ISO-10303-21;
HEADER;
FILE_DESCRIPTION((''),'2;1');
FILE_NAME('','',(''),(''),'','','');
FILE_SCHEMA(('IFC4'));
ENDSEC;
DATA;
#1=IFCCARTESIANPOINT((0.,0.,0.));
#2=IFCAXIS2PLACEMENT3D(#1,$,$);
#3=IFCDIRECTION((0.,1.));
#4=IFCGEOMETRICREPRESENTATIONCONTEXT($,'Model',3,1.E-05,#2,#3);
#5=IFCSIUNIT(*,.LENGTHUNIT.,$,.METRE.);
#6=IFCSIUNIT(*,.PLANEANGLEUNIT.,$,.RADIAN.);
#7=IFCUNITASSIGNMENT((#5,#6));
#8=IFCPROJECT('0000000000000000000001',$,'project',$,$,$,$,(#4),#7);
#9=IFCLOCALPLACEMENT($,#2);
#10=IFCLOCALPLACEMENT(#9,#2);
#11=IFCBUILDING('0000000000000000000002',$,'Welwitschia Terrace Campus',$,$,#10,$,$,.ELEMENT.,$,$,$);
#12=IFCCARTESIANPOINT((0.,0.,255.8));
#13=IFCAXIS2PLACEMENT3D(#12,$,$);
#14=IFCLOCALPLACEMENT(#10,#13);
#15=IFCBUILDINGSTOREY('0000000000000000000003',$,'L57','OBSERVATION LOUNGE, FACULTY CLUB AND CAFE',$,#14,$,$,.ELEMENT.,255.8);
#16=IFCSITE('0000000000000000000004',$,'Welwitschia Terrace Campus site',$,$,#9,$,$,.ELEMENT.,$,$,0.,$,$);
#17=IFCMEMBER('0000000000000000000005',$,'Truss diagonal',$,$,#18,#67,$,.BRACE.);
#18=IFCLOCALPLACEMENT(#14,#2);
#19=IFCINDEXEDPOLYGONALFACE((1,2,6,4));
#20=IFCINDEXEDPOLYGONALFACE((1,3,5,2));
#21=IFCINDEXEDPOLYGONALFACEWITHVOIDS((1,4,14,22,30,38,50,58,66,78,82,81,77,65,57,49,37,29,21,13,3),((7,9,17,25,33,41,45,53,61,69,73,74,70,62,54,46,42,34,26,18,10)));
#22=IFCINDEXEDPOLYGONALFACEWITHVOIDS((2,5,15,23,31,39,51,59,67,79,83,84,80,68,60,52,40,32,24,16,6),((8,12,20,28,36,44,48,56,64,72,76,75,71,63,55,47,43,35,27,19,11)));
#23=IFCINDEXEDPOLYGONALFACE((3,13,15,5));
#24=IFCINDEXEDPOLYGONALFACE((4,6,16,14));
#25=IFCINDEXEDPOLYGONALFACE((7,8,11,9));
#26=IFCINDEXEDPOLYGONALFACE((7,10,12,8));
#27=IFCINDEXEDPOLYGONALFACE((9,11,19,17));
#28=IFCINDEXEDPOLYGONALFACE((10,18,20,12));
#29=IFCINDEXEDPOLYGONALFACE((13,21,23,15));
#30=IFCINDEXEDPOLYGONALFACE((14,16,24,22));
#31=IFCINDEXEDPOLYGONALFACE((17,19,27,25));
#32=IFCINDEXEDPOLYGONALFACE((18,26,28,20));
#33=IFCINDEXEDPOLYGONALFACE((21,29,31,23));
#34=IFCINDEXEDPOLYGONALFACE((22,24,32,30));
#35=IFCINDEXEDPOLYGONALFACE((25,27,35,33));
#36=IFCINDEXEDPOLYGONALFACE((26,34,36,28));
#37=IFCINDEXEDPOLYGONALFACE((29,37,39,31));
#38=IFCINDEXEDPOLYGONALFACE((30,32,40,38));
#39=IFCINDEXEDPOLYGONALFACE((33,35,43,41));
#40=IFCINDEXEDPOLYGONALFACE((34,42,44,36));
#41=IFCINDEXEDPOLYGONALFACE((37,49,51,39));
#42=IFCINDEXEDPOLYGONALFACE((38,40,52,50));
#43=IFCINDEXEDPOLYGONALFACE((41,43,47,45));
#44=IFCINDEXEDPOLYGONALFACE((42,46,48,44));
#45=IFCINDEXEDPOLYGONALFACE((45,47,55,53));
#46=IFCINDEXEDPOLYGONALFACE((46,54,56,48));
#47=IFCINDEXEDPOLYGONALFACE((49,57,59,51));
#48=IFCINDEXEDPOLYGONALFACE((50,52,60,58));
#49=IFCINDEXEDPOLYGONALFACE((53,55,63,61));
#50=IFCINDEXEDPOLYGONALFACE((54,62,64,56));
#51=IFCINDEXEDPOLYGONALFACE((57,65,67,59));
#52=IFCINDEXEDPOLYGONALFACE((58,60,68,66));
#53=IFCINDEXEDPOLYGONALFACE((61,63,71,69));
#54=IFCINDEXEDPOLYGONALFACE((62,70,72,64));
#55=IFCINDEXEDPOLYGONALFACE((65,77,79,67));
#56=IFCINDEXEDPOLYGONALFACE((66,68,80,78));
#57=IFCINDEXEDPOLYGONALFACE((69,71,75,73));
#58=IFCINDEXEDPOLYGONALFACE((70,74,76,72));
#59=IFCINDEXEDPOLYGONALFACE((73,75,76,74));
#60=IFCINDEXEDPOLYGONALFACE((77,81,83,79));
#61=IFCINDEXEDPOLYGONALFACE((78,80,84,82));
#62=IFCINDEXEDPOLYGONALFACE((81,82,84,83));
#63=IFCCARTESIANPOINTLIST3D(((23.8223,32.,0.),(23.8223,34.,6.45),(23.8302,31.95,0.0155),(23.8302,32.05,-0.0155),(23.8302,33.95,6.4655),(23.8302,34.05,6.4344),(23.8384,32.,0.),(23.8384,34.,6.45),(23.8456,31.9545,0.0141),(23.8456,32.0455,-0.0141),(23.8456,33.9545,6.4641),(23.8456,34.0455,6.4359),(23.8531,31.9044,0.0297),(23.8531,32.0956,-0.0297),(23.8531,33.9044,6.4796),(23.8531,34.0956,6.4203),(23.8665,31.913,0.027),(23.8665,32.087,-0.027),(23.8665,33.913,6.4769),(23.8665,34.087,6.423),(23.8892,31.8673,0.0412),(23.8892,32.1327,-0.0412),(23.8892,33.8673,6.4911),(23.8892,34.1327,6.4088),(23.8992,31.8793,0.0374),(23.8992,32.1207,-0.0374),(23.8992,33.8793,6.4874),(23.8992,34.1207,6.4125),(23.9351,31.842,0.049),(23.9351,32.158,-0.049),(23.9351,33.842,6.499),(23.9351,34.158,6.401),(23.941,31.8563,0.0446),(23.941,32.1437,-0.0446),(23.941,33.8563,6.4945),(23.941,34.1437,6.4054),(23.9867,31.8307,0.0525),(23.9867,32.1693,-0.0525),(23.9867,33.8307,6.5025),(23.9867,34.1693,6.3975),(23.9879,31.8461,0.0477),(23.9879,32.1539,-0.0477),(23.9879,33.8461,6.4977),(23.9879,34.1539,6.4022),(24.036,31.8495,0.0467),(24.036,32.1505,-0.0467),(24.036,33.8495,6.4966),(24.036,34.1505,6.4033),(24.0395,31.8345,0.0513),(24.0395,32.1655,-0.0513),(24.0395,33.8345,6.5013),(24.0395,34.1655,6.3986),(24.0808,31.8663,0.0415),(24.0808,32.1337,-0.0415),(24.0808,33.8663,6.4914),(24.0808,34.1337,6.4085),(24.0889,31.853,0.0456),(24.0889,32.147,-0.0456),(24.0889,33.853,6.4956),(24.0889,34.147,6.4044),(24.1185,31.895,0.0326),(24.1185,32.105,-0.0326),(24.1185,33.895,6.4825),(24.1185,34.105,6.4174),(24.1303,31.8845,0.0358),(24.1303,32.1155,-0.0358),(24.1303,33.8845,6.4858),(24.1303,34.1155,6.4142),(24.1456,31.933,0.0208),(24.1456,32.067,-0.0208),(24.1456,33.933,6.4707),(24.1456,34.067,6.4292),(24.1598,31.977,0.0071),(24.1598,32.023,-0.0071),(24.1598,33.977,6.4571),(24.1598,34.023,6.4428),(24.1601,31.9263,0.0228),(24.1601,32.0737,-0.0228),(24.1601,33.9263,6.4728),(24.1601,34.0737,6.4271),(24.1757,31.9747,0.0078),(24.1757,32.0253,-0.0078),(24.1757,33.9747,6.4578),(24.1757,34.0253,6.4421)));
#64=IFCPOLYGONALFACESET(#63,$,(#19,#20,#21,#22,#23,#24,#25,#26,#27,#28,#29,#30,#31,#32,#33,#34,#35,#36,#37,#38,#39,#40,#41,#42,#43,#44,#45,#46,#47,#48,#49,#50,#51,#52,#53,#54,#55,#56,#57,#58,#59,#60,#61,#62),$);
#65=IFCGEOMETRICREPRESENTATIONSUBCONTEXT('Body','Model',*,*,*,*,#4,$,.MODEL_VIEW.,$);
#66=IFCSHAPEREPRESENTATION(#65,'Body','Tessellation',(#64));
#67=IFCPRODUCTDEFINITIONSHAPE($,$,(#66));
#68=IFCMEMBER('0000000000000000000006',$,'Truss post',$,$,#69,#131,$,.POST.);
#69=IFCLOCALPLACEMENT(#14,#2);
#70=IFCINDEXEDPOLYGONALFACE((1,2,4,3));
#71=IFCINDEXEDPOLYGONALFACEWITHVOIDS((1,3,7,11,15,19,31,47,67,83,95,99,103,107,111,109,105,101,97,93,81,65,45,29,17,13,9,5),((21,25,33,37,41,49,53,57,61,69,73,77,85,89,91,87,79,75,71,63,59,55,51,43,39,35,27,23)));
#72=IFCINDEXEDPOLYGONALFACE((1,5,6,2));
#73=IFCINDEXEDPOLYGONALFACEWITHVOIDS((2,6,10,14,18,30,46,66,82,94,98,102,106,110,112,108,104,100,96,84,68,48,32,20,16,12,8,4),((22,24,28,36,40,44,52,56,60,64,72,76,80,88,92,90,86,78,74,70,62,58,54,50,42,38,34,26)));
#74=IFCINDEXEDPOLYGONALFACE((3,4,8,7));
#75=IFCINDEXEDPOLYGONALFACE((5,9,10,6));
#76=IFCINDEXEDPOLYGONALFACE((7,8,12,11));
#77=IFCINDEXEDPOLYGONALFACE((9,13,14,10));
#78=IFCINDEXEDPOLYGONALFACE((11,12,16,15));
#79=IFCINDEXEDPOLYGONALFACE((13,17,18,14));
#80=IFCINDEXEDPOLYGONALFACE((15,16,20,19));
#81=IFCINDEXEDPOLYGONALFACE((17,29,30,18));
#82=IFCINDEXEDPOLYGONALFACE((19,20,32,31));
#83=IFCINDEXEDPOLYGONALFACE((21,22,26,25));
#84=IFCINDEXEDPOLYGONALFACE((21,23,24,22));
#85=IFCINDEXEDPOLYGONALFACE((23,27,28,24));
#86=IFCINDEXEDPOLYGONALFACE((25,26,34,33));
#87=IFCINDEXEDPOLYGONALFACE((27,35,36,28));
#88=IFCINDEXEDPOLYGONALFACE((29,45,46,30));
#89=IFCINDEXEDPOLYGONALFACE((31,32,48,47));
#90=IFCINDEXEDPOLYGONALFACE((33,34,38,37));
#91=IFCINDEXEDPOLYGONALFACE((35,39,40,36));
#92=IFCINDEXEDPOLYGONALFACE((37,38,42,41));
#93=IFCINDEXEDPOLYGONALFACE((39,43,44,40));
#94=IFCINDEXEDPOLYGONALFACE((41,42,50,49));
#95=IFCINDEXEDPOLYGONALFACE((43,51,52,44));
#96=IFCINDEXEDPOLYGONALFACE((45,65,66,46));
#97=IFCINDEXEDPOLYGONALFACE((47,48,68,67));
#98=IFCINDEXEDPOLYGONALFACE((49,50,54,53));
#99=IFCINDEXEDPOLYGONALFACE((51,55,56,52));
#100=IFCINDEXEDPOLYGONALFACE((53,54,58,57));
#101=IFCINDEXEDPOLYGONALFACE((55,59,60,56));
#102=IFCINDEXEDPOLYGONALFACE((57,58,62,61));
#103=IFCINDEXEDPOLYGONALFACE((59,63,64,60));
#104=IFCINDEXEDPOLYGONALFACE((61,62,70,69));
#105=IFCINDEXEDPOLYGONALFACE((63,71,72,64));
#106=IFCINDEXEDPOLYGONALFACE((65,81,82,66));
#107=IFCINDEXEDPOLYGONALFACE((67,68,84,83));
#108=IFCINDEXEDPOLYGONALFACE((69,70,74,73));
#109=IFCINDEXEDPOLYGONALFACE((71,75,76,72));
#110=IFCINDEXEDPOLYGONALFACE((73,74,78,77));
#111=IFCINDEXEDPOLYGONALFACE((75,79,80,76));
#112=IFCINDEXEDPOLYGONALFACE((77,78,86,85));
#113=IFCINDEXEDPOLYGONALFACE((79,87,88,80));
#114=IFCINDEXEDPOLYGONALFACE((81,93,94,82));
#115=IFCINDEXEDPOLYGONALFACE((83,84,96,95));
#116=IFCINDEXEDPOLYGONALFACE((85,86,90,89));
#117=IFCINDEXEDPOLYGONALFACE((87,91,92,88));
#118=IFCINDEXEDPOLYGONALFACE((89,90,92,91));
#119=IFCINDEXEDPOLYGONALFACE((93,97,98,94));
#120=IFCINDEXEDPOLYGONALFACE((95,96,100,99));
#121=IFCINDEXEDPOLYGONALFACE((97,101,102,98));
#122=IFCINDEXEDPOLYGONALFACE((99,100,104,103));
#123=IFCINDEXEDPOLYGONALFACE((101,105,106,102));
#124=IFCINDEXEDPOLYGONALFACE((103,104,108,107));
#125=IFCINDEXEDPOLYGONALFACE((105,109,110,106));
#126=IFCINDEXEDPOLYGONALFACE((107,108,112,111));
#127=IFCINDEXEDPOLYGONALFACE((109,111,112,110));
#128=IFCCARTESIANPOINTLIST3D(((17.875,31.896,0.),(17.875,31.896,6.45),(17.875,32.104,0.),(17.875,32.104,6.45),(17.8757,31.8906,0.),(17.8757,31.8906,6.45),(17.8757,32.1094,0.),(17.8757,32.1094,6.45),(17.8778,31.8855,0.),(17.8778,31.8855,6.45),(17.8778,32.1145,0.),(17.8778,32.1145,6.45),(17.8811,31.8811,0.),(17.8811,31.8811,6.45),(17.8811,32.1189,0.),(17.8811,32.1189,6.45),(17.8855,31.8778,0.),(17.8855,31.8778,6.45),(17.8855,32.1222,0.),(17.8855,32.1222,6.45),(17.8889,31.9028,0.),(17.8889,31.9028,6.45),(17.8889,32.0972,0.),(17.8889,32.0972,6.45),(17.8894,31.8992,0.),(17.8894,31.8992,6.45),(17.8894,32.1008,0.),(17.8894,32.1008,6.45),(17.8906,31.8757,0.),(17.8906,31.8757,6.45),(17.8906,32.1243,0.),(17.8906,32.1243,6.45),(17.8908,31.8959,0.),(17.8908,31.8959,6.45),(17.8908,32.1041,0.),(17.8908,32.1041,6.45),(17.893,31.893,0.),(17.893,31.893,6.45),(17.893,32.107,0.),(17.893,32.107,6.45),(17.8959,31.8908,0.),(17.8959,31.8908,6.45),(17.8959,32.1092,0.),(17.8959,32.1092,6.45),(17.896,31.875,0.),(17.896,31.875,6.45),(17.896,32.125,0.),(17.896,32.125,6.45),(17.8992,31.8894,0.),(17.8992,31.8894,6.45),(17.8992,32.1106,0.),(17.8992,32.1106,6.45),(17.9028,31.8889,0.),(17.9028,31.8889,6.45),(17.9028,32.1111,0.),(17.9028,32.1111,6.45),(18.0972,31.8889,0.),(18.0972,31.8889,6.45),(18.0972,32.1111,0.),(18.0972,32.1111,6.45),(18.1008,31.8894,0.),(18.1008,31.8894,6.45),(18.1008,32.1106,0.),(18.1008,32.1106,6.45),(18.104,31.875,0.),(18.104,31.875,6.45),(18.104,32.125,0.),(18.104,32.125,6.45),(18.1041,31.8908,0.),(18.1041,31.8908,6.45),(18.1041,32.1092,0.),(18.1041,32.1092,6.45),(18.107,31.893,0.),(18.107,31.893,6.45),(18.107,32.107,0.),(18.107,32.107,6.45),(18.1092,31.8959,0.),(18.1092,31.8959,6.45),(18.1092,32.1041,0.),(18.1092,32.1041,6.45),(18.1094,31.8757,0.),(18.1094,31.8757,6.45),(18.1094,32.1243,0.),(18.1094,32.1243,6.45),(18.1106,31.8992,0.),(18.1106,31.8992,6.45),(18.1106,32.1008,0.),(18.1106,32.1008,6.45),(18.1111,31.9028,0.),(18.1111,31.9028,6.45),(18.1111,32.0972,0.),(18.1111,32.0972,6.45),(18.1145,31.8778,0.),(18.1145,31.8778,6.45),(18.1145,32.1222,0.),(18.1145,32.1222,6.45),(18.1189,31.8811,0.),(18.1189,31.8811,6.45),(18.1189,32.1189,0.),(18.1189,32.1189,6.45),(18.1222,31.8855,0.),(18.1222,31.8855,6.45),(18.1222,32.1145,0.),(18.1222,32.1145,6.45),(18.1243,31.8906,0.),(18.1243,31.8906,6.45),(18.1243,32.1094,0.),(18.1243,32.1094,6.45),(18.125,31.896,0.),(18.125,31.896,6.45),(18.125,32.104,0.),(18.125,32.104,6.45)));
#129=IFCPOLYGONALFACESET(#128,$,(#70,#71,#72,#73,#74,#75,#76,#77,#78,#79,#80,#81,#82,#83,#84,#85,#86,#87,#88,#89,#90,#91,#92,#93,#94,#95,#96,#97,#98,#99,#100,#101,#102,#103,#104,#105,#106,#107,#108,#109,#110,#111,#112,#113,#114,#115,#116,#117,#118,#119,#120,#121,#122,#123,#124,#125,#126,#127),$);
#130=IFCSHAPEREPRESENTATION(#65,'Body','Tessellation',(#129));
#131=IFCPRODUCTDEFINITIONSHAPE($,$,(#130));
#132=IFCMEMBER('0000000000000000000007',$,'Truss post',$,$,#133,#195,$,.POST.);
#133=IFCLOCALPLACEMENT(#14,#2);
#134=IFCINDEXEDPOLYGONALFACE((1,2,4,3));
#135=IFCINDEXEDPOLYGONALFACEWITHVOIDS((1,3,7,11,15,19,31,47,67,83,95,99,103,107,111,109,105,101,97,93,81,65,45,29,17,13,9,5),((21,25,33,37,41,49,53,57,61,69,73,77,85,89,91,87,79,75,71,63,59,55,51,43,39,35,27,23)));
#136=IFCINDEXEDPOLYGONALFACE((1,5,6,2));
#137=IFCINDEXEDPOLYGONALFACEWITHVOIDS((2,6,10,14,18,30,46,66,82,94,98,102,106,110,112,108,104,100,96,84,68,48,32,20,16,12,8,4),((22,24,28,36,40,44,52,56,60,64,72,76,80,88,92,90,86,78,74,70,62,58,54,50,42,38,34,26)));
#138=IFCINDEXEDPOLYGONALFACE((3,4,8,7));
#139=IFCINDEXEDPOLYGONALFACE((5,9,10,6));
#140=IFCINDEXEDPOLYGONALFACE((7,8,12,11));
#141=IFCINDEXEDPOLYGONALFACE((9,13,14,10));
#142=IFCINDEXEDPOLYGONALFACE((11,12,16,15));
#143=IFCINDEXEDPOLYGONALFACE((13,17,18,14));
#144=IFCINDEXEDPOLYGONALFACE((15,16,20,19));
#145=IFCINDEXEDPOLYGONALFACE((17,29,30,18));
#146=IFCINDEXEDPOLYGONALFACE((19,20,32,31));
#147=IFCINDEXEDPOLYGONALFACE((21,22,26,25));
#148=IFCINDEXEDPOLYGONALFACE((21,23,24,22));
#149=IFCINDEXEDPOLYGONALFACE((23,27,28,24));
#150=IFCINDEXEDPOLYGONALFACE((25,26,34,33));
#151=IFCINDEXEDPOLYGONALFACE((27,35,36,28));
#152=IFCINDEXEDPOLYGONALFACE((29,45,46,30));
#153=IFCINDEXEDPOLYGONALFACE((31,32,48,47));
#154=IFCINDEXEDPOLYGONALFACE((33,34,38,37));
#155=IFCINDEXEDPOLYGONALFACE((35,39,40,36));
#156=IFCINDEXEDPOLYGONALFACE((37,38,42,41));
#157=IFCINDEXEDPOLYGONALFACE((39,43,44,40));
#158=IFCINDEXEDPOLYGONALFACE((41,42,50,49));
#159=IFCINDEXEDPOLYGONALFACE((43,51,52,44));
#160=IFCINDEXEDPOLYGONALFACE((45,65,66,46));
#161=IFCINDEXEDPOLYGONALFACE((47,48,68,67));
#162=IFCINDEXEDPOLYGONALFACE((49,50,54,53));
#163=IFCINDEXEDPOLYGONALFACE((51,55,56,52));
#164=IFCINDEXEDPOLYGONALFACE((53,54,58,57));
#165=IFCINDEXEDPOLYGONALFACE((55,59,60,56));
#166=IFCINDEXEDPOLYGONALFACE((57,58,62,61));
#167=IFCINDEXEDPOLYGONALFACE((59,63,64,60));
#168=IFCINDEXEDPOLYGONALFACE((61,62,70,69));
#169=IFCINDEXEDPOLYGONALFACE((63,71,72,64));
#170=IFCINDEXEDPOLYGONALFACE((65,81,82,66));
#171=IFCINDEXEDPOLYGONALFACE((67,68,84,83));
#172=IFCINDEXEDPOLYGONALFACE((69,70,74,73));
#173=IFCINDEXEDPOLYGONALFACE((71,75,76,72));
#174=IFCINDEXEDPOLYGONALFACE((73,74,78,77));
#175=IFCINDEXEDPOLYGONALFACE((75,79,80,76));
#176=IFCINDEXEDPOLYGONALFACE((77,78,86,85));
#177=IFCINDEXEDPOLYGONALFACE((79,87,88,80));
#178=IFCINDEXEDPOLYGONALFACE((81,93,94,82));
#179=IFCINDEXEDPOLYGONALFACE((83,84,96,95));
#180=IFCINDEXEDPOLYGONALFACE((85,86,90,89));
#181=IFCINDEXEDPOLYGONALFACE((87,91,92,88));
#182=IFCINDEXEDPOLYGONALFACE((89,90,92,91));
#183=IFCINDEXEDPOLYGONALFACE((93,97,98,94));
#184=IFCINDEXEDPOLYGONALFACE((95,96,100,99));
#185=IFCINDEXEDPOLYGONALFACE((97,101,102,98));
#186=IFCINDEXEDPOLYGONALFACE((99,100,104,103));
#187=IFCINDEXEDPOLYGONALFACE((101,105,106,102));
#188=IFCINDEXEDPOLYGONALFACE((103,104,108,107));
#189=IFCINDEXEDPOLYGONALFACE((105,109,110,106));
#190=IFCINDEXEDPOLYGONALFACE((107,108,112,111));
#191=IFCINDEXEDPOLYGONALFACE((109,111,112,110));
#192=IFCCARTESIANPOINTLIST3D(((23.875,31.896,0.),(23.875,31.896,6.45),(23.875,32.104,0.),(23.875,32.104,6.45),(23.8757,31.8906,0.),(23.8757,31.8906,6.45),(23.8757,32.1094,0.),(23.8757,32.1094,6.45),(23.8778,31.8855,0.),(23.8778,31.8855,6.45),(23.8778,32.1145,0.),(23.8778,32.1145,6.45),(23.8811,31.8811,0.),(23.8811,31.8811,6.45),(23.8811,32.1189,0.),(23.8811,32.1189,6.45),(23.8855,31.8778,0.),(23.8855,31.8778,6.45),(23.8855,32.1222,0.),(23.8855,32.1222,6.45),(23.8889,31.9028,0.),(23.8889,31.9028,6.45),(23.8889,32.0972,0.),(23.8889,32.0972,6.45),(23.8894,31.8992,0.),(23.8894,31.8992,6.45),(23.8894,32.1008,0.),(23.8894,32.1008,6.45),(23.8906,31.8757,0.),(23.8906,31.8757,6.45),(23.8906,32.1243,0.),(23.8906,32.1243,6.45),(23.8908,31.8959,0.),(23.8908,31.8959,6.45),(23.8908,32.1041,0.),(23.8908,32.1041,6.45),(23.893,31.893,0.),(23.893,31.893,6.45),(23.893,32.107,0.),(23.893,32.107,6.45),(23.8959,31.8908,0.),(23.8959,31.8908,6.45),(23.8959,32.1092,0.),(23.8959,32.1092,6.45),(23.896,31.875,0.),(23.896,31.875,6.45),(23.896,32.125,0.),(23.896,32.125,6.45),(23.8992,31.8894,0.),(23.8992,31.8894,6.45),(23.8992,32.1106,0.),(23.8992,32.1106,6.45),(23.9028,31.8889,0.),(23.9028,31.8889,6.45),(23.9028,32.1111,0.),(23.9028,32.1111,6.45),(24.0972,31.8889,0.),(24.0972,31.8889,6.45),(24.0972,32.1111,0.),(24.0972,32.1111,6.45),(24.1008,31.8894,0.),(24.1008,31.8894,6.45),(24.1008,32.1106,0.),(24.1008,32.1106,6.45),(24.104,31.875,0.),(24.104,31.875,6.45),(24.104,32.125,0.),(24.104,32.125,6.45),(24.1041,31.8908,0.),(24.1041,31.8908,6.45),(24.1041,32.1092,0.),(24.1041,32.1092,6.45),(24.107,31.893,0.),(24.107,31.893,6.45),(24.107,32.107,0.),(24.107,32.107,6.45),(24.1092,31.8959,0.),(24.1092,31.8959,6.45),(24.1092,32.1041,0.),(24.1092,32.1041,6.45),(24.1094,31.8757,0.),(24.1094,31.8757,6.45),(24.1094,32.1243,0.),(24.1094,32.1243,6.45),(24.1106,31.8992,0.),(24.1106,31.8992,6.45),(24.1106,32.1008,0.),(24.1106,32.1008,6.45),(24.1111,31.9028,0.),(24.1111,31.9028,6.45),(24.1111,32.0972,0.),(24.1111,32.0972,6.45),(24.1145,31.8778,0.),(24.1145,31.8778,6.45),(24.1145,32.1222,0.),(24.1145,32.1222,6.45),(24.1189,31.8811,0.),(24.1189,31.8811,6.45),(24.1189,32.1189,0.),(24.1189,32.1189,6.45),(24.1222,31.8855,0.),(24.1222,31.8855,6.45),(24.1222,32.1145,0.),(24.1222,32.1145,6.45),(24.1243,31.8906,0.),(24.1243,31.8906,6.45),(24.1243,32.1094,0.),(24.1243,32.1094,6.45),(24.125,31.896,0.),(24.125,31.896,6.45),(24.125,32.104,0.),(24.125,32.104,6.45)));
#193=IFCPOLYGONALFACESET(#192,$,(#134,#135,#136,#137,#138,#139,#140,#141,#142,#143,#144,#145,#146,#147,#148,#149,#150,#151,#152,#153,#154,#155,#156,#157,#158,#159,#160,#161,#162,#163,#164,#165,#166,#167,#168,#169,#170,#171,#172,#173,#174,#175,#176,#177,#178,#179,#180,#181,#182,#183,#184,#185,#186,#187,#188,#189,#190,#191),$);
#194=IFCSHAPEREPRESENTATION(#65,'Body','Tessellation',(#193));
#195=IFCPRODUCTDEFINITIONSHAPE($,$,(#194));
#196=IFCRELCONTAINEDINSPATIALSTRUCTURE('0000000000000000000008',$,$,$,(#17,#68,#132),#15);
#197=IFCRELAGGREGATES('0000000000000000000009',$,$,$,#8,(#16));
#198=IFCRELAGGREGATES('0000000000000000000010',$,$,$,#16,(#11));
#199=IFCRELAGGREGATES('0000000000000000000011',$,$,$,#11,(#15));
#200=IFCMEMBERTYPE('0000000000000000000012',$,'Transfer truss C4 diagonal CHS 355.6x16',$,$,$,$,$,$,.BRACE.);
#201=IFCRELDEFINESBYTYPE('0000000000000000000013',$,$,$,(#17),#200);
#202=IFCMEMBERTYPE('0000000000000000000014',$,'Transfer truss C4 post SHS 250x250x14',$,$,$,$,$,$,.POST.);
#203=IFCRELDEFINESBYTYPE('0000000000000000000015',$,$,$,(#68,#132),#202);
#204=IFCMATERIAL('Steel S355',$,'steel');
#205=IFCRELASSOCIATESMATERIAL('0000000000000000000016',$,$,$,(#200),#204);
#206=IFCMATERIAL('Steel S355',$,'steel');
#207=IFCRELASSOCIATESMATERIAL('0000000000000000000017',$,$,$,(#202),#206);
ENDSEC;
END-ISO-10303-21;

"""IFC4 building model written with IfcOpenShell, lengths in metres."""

from ifc_helpers import new_model, si_unit, direction, frame, origin, origin_2d, place, context, subcontext, project, spatial, hollow_rectangle, hollow_circle, extrude, material, material_profile, profile_set, type_object, element, save


model = new_model("IFC4")

# Units and contexts
model_context = context("Model", 3, precision=1e-05, world=origin(), true_north=direction((0.0, 1.0)))
body_context = subcontext(model_context, "Body", "Model", "MODEL_VIEW")
ifc_project = project(units=[si_unit("LENGTHUNIT", "METRE"), si_unit("PLANEANGLEUNIT", "RADIAN")], contexts=[model_context])

# Site, building, storey
site_placement = place(None, origin())
site = spatial("IfcSite", under=ifc_project, at=site_placement, Name="Welwitschia Terrace Campus site", CompositionType="ELEMENT", RefElevation=0.0)
building_placement = place(site_placement, origin())
building = spatial("IfcBuilding", under=site, at=building_placement, Name="Welwitschia Terrace Campus", CompositionType="ELEMENT")
storey_placement = place(building_placement, frame((0.0, 0.0, 255.8)))
storey = spatial("IfcBuildingStorey", under=building, at=storey_placement, Name="L57", Description="OBSERVATION LOUNGE, FACULTY CLUB AND CAFE", CompositionType="ELEMENT", Elevation=255.8)

# Members
ifc_material_1 = material(Name="Steel S355", Category="steel")
ifc_material_profile_1 = material_profile(ifc_material_1, hollow_circle(Radius=0.1777, WallThickness=0.0161, at=origin_2d()))
ifc_profile_set_1 = profile_set([ifc_material_profile_1], Name="Steel S355")
member_type_1 = type_object("IfcMemberType", Name="Transfer truss C4 diagonal CHS 355.6x16", PredefinedType="BRACE", material=ifc_profile_set_1)
member_1_placement = place(storey_placement, frame((24.0, 32.0, 0.0), z_axis=(0.0, 0.296168, 0.955136), x_axis=(-1.0, 0.0, 0.0)))
element("IfcMember", 1, at=member_1_placement, inside=storey, type_object=member_type_1, Name="Truss diagonal", PredefinedType="BRACE", context=body_context, shape_type="SweptSolid", body=[
    extrude(hollow_circle(Radius=0.1777, WallThickness=0.0161, at=origin_2d()), origin(), (0.0, 0.0, 1.0), 6.7529),
])
ifc_material_2 = material(Name="Steel S355", Category="steel")
ifc_material_profile_2 = material_profile(ifc_material_2, hollow_rectangle(XDim=0.25, YDim=0.25, WallThickness=0.0139, InnerFilletRadius=0.0139, OuterFilletRadius=0.021, at=origin_2d()))
ifc_profile_set_2 = profile_set([ifc_material_profile_2], Name="Steel S355")
member_type_2 = type_object("IfcMemberType", Name="Transfer truss C4 post SHS 250x250x14", PredefinedType="POST", material=ifc_profile_set_2)
for number, where, z_axis, x_axis, name in (
    (2, (18.0, 32.0, 0.0), (0.0, 0.0, 1.0), (1.0, 0.0, 0.0), "Truss post"),
    (3, (24.0, 32.0, 0.0), (0.0, 0.0, 1.0), (1.0, 0.0, 0.0), "Truss post"),
):
    element("IfcMember", number, at=place(storey_placement, frame(where, z_axis=z_axis, x_axis=x_axis)), inside=storey, type_object=member_type_2, Name=name, PredefinedType="POST", context=body_context, shape_type="SweptSolid", body=[
        extrude(hollow_rectangle(XDim=0.25, YDim=0.25, WallThickness=0.0139, InnerFilletRadius=0.0139, OuterFilletRadius=0.021, at=origin_2d()), origin(), (0.0, 0.0, 1.0), 6.45),
    ])

save(model, "model.ifc")
